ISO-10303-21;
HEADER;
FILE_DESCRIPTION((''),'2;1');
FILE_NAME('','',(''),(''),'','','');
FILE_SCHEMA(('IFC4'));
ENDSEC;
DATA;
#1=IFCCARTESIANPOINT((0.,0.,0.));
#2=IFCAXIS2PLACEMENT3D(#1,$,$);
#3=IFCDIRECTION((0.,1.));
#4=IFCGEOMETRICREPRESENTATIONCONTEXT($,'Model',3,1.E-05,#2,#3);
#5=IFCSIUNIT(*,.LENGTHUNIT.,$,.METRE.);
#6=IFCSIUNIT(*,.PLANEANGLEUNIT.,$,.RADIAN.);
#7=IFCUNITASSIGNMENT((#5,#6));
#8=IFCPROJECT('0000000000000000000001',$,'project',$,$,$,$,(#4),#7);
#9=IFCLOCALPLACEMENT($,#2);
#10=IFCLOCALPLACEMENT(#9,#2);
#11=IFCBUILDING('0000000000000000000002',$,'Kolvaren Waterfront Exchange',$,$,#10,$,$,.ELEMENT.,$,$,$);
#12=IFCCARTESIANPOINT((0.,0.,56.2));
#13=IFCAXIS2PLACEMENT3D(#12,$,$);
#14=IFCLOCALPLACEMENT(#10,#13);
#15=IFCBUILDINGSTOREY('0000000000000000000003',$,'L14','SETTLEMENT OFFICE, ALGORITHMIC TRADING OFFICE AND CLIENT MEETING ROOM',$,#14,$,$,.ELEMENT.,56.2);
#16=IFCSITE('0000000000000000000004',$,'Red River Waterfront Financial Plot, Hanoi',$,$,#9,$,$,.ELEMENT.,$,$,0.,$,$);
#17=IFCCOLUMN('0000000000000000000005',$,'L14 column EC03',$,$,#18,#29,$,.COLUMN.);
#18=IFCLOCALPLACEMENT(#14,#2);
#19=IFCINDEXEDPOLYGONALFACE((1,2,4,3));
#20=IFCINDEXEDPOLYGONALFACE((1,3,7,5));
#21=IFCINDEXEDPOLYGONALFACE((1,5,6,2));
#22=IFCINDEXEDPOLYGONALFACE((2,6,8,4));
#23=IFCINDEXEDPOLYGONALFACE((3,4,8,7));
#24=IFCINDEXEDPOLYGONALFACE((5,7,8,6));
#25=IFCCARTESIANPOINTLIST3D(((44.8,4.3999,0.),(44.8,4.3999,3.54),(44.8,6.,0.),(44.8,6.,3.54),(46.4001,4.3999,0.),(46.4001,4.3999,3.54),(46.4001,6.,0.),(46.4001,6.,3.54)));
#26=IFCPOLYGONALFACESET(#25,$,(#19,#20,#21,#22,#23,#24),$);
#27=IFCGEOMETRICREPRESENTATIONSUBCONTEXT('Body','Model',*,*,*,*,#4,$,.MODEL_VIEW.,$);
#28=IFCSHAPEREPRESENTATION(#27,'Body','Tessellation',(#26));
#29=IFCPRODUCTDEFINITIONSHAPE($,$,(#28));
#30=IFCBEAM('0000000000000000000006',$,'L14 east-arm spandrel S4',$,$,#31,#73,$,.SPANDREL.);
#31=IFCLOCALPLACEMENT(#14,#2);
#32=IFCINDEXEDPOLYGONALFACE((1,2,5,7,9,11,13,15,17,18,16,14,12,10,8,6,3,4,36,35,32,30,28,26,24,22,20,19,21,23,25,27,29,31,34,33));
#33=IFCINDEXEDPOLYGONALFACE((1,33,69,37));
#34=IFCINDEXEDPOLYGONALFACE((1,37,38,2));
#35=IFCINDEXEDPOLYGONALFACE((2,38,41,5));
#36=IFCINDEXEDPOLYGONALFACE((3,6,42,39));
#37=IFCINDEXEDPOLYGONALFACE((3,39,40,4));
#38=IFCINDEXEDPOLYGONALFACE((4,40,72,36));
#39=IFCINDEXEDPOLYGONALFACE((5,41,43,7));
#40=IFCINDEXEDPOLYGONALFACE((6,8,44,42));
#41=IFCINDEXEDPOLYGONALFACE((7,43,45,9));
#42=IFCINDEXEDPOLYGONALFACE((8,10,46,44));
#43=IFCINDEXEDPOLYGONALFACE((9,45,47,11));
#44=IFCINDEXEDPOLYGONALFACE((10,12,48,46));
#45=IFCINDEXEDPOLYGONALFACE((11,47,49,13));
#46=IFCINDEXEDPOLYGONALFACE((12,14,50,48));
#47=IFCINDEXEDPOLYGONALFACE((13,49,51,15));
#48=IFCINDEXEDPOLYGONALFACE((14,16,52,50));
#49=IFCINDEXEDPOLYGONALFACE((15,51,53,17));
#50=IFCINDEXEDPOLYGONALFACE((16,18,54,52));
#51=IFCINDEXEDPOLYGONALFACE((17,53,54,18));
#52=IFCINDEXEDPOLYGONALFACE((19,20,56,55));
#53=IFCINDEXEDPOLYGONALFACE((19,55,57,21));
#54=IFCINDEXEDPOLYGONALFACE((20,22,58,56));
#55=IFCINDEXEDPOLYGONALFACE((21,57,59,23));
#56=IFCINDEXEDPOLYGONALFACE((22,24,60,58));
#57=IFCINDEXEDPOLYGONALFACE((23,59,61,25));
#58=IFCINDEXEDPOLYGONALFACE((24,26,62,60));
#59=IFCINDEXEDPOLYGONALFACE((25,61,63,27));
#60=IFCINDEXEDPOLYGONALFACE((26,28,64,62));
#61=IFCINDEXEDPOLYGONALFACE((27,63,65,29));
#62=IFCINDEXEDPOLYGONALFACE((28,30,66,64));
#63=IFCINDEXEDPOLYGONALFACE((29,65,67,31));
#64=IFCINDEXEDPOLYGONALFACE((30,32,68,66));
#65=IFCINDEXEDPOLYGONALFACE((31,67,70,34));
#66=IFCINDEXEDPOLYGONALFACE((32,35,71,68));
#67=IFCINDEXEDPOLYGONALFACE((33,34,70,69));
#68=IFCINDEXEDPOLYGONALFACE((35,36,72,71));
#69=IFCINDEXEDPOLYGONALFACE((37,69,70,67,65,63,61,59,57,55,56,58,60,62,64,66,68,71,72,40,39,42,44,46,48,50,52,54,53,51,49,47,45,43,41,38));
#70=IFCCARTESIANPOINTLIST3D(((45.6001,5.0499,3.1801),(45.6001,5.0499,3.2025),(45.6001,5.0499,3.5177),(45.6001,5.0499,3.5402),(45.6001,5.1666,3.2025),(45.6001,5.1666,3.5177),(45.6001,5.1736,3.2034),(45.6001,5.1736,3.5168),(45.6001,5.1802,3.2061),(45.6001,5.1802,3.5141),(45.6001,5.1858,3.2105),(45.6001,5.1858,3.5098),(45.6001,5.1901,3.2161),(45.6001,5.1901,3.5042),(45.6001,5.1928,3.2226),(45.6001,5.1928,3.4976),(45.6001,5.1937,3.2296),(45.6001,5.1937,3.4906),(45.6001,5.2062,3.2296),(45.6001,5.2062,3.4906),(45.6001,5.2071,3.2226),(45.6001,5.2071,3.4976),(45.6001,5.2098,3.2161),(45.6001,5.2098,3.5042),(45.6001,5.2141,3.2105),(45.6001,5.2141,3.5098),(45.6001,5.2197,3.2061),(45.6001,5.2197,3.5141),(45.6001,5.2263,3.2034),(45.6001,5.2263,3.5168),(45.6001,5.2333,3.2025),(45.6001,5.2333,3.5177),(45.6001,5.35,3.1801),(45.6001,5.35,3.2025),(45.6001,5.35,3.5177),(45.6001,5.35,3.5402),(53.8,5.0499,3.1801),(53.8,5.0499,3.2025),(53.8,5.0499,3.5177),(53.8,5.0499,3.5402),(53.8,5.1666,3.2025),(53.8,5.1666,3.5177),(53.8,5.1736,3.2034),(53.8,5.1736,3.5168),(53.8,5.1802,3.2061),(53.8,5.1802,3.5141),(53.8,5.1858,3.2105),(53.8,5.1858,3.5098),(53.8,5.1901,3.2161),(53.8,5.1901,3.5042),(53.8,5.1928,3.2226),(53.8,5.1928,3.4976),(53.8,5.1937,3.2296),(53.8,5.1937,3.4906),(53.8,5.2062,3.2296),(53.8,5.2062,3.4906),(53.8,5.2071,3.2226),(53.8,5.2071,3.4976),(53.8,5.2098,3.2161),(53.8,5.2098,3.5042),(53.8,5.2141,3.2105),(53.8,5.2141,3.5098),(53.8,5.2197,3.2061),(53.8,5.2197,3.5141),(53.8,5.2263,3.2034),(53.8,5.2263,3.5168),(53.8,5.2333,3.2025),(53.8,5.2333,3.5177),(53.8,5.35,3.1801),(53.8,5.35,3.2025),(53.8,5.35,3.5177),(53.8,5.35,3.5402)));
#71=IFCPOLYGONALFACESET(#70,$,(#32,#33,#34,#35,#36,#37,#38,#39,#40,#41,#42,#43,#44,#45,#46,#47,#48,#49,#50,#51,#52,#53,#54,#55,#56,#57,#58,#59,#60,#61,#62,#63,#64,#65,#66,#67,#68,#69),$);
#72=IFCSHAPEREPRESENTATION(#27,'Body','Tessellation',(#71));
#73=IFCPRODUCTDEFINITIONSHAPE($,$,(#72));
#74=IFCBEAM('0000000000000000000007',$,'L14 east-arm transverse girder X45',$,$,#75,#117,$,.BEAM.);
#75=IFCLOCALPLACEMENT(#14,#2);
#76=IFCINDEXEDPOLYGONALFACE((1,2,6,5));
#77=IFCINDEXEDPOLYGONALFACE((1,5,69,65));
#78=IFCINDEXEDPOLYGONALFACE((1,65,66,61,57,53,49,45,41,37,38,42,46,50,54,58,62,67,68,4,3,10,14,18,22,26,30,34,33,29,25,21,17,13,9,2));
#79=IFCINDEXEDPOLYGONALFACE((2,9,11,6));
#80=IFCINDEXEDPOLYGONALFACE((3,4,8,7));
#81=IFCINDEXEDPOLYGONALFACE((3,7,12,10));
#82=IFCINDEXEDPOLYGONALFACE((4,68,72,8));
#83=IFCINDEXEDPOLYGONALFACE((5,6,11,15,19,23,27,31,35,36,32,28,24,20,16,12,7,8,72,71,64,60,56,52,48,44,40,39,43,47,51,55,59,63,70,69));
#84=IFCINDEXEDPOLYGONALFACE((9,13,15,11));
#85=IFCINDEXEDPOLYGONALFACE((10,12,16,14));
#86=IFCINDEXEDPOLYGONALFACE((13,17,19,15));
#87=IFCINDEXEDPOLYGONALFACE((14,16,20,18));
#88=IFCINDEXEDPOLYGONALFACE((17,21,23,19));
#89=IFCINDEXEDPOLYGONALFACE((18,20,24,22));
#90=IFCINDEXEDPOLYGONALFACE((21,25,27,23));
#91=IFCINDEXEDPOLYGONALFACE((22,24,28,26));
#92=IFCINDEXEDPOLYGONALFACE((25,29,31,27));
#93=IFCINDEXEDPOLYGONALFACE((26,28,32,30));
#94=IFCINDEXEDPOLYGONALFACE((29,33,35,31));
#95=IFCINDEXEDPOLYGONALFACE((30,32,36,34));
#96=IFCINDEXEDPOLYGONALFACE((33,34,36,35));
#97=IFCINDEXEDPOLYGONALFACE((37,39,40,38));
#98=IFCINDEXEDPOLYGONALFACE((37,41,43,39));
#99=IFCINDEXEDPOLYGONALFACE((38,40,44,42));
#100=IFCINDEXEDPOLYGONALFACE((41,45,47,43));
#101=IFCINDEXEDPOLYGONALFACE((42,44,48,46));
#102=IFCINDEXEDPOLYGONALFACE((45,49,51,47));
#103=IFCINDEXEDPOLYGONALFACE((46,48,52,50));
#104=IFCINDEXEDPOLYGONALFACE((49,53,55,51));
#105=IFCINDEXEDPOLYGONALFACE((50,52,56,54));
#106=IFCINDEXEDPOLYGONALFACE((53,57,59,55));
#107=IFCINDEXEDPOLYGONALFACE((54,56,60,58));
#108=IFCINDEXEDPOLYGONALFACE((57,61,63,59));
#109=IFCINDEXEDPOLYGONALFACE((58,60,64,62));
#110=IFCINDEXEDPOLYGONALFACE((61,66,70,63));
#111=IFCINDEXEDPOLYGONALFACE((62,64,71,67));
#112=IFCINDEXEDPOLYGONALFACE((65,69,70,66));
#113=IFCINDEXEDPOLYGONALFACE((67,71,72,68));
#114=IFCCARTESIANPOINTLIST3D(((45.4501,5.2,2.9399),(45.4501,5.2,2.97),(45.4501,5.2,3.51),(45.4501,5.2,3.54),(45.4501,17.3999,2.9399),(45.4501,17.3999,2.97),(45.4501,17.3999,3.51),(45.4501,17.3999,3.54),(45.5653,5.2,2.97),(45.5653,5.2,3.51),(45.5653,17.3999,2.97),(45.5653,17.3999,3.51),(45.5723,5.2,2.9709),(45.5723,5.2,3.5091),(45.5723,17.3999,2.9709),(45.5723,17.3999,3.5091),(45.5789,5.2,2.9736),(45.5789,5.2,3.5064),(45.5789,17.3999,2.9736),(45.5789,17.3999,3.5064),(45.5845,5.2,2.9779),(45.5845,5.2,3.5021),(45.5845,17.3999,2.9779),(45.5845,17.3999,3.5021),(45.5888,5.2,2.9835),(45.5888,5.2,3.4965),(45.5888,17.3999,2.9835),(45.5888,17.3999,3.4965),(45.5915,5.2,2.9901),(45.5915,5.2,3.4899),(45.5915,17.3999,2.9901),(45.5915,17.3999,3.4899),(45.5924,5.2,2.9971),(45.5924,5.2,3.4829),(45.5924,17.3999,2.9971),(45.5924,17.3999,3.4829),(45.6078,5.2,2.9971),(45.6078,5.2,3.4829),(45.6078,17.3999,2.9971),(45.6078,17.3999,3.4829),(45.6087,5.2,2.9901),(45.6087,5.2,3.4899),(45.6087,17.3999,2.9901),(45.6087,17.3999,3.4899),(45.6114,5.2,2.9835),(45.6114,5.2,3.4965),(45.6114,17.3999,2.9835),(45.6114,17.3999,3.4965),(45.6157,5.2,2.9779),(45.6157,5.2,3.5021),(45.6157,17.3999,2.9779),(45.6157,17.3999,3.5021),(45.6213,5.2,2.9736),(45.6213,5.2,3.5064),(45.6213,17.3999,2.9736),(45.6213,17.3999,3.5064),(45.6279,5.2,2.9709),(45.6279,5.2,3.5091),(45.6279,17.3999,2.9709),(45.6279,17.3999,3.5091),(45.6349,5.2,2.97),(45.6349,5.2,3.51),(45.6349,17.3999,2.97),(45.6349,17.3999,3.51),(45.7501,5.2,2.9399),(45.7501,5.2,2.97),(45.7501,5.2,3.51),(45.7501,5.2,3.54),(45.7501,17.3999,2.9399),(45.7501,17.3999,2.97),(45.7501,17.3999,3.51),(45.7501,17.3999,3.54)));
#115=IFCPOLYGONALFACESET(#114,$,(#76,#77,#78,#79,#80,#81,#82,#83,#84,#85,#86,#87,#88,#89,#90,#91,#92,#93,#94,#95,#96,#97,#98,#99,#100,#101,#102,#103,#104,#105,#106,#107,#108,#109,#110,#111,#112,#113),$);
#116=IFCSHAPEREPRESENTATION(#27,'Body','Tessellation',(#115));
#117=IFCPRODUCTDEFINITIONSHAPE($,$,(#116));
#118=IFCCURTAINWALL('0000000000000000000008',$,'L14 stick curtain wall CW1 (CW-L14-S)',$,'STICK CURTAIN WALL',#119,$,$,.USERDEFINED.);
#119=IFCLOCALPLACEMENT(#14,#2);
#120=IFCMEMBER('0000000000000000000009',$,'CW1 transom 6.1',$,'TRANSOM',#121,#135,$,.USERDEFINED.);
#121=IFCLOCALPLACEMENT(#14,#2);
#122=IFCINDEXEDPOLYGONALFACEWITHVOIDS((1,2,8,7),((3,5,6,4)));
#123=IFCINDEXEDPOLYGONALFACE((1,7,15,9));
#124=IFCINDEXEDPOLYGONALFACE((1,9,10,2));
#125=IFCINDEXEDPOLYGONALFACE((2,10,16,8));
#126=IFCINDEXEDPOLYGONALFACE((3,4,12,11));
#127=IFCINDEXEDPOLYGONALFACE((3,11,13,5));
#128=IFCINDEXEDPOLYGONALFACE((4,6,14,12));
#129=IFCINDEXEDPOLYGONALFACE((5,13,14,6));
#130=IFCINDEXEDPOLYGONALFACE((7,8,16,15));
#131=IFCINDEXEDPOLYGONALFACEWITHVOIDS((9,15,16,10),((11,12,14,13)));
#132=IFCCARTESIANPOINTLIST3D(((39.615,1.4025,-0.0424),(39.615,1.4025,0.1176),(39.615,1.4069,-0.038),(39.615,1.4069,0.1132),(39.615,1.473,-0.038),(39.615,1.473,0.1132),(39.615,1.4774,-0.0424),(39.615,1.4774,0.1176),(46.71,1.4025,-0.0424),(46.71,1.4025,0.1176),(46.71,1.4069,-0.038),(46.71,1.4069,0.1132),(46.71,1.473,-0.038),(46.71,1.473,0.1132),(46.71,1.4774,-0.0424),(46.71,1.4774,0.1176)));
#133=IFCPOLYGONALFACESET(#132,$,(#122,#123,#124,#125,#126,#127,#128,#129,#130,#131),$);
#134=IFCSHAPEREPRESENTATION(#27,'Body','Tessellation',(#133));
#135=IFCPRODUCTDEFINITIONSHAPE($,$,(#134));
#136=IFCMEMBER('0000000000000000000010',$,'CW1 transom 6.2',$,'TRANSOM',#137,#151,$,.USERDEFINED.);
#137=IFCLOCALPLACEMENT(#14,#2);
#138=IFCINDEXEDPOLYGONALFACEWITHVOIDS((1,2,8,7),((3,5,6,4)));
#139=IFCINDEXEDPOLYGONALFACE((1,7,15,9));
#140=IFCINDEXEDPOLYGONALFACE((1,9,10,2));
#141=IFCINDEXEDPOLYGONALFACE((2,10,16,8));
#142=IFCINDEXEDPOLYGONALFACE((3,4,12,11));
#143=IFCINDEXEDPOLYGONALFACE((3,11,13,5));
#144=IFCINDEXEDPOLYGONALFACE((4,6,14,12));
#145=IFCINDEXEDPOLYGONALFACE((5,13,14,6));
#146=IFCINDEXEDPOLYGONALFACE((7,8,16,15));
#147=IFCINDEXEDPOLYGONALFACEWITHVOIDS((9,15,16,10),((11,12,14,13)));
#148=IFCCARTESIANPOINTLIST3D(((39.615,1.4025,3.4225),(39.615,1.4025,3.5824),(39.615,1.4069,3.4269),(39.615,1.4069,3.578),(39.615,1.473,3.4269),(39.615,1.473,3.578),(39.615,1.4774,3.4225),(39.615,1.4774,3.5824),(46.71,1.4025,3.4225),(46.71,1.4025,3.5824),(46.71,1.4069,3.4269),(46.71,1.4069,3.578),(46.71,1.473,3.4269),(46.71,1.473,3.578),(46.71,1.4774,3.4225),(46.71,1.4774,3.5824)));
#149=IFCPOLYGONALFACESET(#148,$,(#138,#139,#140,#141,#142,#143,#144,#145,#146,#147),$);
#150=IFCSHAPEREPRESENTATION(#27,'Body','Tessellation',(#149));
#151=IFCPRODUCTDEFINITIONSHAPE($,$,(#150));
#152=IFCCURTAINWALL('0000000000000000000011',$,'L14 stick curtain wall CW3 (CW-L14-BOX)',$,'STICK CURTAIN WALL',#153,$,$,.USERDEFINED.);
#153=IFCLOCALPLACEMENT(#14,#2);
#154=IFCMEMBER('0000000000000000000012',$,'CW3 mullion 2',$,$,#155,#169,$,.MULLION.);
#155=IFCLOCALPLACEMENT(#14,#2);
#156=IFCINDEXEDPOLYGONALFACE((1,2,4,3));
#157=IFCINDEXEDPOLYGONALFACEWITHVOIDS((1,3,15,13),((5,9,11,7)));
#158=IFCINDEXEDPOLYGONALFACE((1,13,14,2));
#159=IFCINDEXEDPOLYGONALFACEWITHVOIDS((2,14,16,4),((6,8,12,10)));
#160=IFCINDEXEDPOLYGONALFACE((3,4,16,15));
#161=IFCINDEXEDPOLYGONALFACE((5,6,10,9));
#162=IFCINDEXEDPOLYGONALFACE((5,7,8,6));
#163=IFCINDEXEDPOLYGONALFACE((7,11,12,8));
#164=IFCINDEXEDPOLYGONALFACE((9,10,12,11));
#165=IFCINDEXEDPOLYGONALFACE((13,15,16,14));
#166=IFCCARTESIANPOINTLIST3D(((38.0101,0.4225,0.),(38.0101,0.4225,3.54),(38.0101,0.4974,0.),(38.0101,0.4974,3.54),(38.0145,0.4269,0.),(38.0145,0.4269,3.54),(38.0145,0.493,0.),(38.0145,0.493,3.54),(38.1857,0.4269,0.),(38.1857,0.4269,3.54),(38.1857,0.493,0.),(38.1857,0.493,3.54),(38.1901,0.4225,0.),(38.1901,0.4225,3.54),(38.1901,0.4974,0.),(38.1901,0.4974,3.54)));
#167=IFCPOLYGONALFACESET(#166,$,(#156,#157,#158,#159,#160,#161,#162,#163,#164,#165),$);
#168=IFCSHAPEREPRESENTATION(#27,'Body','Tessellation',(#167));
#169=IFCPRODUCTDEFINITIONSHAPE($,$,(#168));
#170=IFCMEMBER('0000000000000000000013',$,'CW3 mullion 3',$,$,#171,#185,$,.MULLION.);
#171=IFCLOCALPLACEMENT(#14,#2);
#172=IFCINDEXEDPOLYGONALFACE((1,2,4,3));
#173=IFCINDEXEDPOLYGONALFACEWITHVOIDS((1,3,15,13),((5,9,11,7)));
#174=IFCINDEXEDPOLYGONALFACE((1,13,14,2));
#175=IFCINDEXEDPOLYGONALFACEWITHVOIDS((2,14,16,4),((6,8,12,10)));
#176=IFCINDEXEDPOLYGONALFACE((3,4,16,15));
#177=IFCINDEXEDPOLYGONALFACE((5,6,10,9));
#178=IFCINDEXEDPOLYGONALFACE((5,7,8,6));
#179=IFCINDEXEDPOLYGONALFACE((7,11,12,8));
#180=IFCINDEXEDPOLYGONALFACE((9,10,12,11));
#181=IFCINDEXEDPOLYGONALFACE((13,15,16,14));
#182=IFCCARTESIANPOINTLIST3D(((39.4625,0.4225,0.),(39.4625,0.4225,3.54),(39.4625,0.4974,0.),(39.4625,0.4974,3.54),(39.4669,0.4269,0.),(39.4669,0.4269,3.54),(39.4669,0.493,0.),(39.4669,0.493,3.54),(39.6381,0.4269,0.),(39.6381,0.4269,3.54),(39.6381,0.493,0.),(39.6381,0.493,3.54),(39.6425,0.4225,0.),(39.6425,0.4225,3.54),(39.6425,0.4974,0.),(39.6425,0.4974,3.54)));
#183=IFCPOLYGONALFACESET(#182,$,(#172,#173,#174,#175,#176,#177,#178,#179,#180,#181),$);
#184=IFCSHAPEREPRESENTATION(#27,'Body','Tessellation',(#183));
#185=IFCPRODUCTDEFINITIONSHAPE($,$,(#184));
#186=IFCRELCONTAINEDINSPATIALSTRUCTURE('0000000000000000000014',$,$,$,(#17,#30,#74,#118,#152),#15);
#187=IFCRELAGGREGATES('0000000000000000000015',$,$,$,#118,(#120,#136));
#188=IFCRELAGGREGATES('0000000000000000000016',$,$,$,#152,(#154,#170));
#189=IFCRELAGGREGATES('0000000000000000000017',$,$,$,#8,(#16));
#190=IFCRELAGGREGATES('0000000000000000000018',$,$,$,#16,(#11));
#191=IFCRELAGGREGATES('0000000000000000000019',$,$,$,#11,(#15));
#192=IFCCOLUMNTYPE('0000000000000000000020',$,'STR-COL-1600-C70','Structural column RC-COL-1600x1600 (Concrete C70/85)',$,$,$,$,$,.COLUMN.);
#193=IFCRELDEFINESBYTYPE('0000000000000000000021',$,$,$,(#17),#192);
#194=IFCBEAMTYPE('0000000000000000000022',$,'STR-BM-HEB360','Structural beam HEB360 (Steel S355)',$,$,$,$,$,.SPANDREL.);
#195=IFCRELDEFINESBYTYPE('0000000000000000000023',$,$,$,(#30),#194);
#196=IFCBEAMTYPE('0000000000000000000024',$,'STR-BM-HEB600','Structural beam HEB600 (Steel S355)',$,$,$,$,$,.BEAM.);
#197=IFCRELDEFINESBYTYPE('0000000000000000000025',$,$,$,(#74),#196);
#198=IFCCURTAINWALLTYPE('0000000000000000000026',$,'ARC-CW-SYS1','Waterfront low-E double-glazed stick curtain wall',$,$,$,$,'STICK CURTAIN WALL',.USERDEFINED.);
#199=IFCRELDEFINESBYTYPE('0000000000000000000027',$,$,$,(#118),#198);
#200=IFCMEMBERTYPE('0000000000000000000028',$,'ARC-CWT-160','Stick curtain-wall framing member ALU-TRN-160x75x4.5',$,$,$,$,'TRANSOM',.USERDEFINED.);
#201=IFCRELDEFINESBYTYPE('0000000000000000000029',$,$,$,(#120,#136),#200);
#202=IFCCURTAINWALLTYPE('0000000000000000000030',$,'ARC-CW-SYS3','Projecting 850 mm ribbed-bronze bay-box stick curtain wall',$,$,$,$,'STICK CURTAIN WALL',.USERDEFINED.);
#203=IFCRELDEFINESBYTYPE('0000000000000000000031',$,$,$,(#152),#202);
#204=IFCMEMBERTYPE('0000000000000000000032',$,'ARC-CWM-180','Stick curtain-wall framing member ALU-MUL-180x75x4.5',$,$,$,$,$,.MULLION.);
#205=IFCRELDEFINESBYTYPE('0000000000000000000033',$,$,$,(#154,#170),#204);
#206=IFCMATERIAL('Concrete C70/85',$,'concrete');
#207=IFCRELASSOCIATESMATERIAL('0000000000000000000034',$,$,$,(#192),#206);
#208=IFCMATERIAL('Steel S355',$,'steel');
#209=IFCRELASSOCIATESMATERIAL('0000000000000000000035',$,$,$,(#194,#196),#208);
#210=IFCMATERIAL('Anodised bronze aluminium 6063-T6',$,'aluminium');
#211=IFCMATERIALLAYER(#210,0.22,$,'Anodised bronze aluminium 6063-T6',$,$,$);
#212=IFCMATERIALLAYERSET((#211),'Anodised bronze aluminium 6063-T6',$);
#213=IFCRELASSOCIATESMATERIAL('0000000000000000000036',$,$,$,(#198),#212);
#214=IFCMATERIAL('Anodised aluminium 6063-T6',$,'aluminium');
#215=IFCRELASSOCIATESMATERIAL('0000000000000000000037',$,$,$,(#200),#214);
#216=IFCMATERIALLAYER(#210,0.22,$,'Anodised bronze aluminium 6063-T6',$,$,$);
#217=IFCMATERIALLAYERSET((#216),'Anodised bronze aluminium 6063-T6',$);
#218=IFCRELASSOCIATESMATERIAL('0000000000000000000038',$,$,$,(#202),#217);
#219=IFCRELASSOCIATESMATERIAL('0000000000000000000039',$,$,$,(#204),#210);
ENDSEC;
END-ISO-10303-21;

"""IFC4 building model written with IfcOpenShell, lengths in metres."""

from ifc_helpers import new_model, si_unit, direction, frame, origin, origin_with_axes, origin_2d, place, context, subcontext, project, spatial, rectangle, hollow_rectangle, i_section, extrude, source, transform, mapped, material, layer, layer_set, material_profile, profile_set, type_object, element, aggregate, save


model = new_model("IFC4")

# Units and contexts
model_context = context("Model", 3, precision=1e-05, world=origin(), true_north=direction((0.0, 1.0)))
body_context = subcontext(model_context, "Body", "Model", "MODEL_VIEW")
ifc_project = project(units=[si_unit("LENGTHUNIT", "METRE"), si_unit("PLANEANGLEUNIT", "RADIAN")], contexts=[model_context])

# Site, building, storey
site_placement = place(None, origin())
site = spatial("IfcSite", under=ifc_project, at=site_placement, Name="Red River Waterfront Financial Plot, Hanoi", CompositionType="ELEMENT", RefElevation=0.0)
building_placement = place(site_placement, origin())
building = spatial("IfcBuilding", under=site, at=building_placement, Name="Kolvaren Waterfront Exchange", CompositionType="ELEMENT")
storey_placement = place(building_placement, frame((0.0, 0.0, 56.2)))
storey = spatial("IfcBuildingStorey", under=building, at=storey_placement, Name="L14", Description="SETTLEMENT OFFICE, ALGORITHMIC TRADING OFFICE AND CLIENT MEETING ROOM", CompositionType="ELEMENT", Elevation=56.2)

# Column
ifc_material_1 = material(Name="Concrete C70/85", Category="concrete")
ifc_material_profile_1 = material_profile(ifc_material_1, rectangle(XDim=1.6001, YDim=1.6001, at=origin_2d()), Name="RC-COL-1600x1600")
ifc_profile_set_1 = profile_set([ifc_material_profile_1], Name="Concrete C70/85")
column_type = type_object("IfcColumnType", Name="STR-COL-1600-C70", Description="Structural column RC-COL-1600x1600 (Concrete C70/85)", PredefinedType="COLUMN", material=ifc_profile_set_1)
column_placement = place(storey_placement, frame((45.6001, 5.2, 0.0), z_axis=(0.0, 0.0, 1.0), x_axis=(1.0, 0.0, 0.0)))
element("IfcColumn", 1, at=column_placement, inside=storey, type_object=column_type, Name="L14 column EC03", PredefinedType="COLUMN", context=body_context, shape_type="SweptSolid", body=[
    extrude(rectangle(XDim=1.6001, YDim=1.6001, at=origin_2d()), origin(), (0.0, 0.0, 1.0), 3.54),
])

# Beams
ifc_material_2 = material(Name="Steel S355", Category="steel")
ifc_material_profile_2 = material_profile(ifc_material_2, i_section(OverallWidth=0.3, OverallDepth=0.3601, WebThickness=0.0125, FlangeThickness=0.0225, FilletRadius=0.0271, at=origin_2d()), Name="HEB360")
ifc_profile_set_2 = profile_set([ifc_material_profile_2], Name="Steel S355")
beam_type_1 = type_object("IfcBeamType", Name="STR-BM-HEB360", Description="Structural beam HEB360 (Steel S355)", PredefinedType="SPANDREL", material=ifc_profile_set_2)
beam_1_placement = place(storey_placement, frame((45.6001, 5.2, 3.3601), z_axis=(1.0, 0.0, 0.0), x_axis=(0.0, 1.0, 0.0)))
element("IfcBeam", 2, at=beam_1_placement, inside=storey, type_object=beam_type_1, Name="L14 east-arm spandrel S4", PredefinedType="SPANDREL", context=body_context, shape_type="SweptSolid", body=[
    extrude(i_section(OverallWidth=0.3, OverallDepth=0.3601, WebThickness=0.0125, FlangeThickness=0.0225, FilletRadius=0.0271, at=origin_2d()), origin(), (0.0, 0.0, 1.0), 8.2),
])
ifc_material_profile_3 = material_profile(ifc_material_2, i_section(OverallWidth=0.3, OverallDepth=0.6001, WebThickness=0.0154, FlangeThickness=0.03, FilletRadius=0.0271, at=origin_2d()), Name="HEB600")
ifc_profile_set_3 = profile_set([ifc_material_profile_3], Name="Steel S355")
beam_type_2 = type_object("IfcBeamType", Name="STR-BM-HEB600", Description="Structural beam HEB600 (Steel S355)", PredefinedType="BEAM", material=ifc_profile_set_3)
beam_2_placement = place(storey_placement, frame((45.6001, 5.2, 3.24), z_axis=(0.0, 1.0, 0.0), x_axis=(-1.0, 0.0, 0.0)))
element("IfcBeam", 3, at=beam_2_placement, inside=storey, type_object=beam_type_2, Name="L14 east-arm transverse girder X45", PredefinedType="BEAM", context=body_context, shape_type="SweptSolid", body=[
    extrude(i_section(OverallWidth=0.3, OverallDepth=0.6001, WebThickness=0.0154, FlangeThickness=0.03, FilletRadius=0.0271, at=origin_2d()), origin(), (0.0, 0.0, 1.0), 12.2),
])

# Curtain walls, members
ifc_material_3 = material(Name="Anodised bronze aluminium 6063-T6", Category="aluminium")
ifc_layer_1 = layer(ifc_material_3, 0.22, Name="Anodised bronze aluminium 6063-T6")
ifc_layer_set_1 = layer_set([ifc_layer_1], Name="Anodised bronze aluminium 6063-T6")
curtain_wall_type_1 = type_object("IfcCurtainWallType", Name="ARC-CW-SYS1", Description="Waterfront low-E double-glazed stick curtain wall", ElementType="STICK CURTAIN WALL", PredefinedType="USERDEFINED", material=ifc_layer_set_1)
curtain_wall_1_placement = place(storey_placement, origin())
curtain_wall_1 = element("IfcCurtainWall", 4, at=curtain_wall_1_placement, inside=storey, type_object=curtain_wall_type_1, Name="L14 stick curtain wall CW1 (CW-L14-S)", ObjectType="STICK CURTAIN WALL", PredefinedType="USERDEFINED")
ifc_material_4 = material(Name="Anodised aluminium 6063-T6", Category="aluminium")
ifc_material_profile_4 = material_profile(ifc_material_4, hollow_rectangle(XDim=0.075, YDim=0.1599, WallThickness=0.0044, at=origin_2d()), Name="ALU-TRN-160x75x4.5")
ifc_profile_set_4 = profile_set([ifc_material_profile_4], Name="Anodised aluminium 6063-T6")
member_type_1 = type_object("IfcMemberType", Name="ARC-CWT-160", Description="Stick curtain-wall framing member ALU-TRN-160x75x4.5", ElementType="TRANSOM", PredefinedType="USERDEFINED", material=ifc_profile_set_4)
shared_shape_1 = source(origin_with_axes(), body_context, "Body", "SweptSolid", [
    extrude(hollow_rectangle(XDim=0.075, YDim=0.1599, WallThickness=0.0044, at=origin_2d()), origin(), (0.0, 0.0, 1.0), 7.095),
])
member_1_placement = place(storey_placement, frame((39.615, 1.4399, 0.0376), z_axis=(1.0, 0.0, 0.0), x_axis=(0.0, 1.0, 0.0)))
member_1 = element("IfcMember", 5, at=member_1_placement, type_object=member_type_1, Name="CW1 transom 6.1", ObjectType="TRANSOM", PredefinedType="USERDEFINED", context=body_context, shape_type="MappedRepresentation", body=[
    mapped(shared_shape_1, transform((0.0, 0.0, 0.0), x_axis=(1.0, 0.0, 0.0), y_axis=(0.0, 1.0, 0.0), z_axis=(0.0, 0.0, 1.0), scale=1.0)),
])
member_2_placement = place(storey_placement, frame((39.615, 1.4399, 3.5024), z_axis=(1.0, 0.0, 0.0), x_axis=(0.0, 1.0, 0.0)))
member_2 = element("IfcMember", 6, at=member_2_placement, type_object=member_type_1, Name="CW1 transom 6.2", ObjectType="TRANSOM", PredefinedType="USERDEFINED", context=body_context, shape_type="MappedRepresentation", body=[
    mapped(shared_shape_1, transform((0.0, 0.0, 0.0), x_axis=(1.0, 0.0, 0.0), y_axis=(0.0, 1.0, 0.0), z_axis=(0.0, 0.0, 1.0), scale=1.0)),
])
ifc_layer_2 = layer(ifc_material_3, 0.22, Name="Anodised bronze aluminium 6063-T6")
ifc_layer_set_2 = layer_set([ifc_layer_2], Name="Anodised bronze aluminium 6063-T6")
curtain_wall_type_2 = type_object("IfcCurtainWallType", Name="ARC-CW-SYS3", Description="Projecting 850 mm ribbed-bronze bay-box stick curtain wall", ElementType="STICK CURTAIN WALL", PredefinedType="USERDEFINED", material=ifc_layer_set_2)
curtain_wall_2_placement = place(storey_placement, origin())
curtain_wall_2 = element("IfcCurtainWall", 7, at=curtain_wall_2_placement, inside=storey, type_object=curtain_wall_type_2, Name="L14 stick curtain wall CW3 (CW-L14-BOX)", ObjectType="STICK CURTAIN WALL", PredefinedType="USERDEFINED")
ifc_material_profile_5 = material_profile(ifc_material_3, hollow_rectangle(XDim=0.075, YDim=0.1799, WallThickness=0.0044, at=origin_2d()), Name="ALU-MUL-180x75x4.5")
ifc_profile_set_5 = profile_set([ifc_material_profile_5], Name="Anodised bronze aluminium 6063-T6")
member_type_2 = type_object("IfcMemberType", Name="ARC-CWM-180", Description="Stick curtain-wall framing member ALU-MUL-180x75x4.5", PredefinedType="MULLION", material=ifc_profile_set_5)
shared_shape_2 = source(origin_with_axes(), body_context, "Body", "SweptSolid", [
    extrude(hollow_rectangle(XDim=0.075, YDim=0.1799, WallThickness=0.0044, at=origin_2d()), origin(), (0.0, 0.0, 1.0), 3.54),
])
member_3_placement = place(storey_placement, frame((38.1001, 0.46, 0.0), z_axis=(0.0, 0.0, 1.0), x_axis=(0.0, 1.0, 0.0)))
member_3 = element("IfcMember", 8, at=member_3_placement, type_object=member_type_2, Name="CW3 mullion 2", PredefinedType="MULLION", context=body_context, shape_type="MappedRepresentation", body=[
    mapped(shared_shape_2, transform((0.0, 0.0, 0.0), x_axis=(1.0, 0.0, 0.0), y_axis=(0.0, 1.0, 0.0), z_axis=(0.0, 0.0, 1.0), scale=1.0)),
])
member_4_placement = place(storey_placement, frame((39.5525, 0.46, 0.0), z_axis=(0.0, 0.0, 1.0), x_axis=(0.0, 1.0, 0.0)))
member_4 = element("IfcMember", 9, at=member_4_placement, type_object=member_type_2, Name="CW3 mullion 3", PredefinedType="MULLION", context=body_context, shape_type="MappedRepresentation", body=[
    mapped(shared_shape_2, transform((0.0, 0.0, 0.0), x_axis=(1.0, 0.0, 0.0), y_axis=(0.0, 1.0, 0.0), z_axis=(0.0, 0.0, 1.0), scale=1.0)),
])

aggregate(curtain_wall_1, [member_1, member_2])
aggregate(curtain_wall_2, [member_3, member_4])

save(model, "model.ifc")
